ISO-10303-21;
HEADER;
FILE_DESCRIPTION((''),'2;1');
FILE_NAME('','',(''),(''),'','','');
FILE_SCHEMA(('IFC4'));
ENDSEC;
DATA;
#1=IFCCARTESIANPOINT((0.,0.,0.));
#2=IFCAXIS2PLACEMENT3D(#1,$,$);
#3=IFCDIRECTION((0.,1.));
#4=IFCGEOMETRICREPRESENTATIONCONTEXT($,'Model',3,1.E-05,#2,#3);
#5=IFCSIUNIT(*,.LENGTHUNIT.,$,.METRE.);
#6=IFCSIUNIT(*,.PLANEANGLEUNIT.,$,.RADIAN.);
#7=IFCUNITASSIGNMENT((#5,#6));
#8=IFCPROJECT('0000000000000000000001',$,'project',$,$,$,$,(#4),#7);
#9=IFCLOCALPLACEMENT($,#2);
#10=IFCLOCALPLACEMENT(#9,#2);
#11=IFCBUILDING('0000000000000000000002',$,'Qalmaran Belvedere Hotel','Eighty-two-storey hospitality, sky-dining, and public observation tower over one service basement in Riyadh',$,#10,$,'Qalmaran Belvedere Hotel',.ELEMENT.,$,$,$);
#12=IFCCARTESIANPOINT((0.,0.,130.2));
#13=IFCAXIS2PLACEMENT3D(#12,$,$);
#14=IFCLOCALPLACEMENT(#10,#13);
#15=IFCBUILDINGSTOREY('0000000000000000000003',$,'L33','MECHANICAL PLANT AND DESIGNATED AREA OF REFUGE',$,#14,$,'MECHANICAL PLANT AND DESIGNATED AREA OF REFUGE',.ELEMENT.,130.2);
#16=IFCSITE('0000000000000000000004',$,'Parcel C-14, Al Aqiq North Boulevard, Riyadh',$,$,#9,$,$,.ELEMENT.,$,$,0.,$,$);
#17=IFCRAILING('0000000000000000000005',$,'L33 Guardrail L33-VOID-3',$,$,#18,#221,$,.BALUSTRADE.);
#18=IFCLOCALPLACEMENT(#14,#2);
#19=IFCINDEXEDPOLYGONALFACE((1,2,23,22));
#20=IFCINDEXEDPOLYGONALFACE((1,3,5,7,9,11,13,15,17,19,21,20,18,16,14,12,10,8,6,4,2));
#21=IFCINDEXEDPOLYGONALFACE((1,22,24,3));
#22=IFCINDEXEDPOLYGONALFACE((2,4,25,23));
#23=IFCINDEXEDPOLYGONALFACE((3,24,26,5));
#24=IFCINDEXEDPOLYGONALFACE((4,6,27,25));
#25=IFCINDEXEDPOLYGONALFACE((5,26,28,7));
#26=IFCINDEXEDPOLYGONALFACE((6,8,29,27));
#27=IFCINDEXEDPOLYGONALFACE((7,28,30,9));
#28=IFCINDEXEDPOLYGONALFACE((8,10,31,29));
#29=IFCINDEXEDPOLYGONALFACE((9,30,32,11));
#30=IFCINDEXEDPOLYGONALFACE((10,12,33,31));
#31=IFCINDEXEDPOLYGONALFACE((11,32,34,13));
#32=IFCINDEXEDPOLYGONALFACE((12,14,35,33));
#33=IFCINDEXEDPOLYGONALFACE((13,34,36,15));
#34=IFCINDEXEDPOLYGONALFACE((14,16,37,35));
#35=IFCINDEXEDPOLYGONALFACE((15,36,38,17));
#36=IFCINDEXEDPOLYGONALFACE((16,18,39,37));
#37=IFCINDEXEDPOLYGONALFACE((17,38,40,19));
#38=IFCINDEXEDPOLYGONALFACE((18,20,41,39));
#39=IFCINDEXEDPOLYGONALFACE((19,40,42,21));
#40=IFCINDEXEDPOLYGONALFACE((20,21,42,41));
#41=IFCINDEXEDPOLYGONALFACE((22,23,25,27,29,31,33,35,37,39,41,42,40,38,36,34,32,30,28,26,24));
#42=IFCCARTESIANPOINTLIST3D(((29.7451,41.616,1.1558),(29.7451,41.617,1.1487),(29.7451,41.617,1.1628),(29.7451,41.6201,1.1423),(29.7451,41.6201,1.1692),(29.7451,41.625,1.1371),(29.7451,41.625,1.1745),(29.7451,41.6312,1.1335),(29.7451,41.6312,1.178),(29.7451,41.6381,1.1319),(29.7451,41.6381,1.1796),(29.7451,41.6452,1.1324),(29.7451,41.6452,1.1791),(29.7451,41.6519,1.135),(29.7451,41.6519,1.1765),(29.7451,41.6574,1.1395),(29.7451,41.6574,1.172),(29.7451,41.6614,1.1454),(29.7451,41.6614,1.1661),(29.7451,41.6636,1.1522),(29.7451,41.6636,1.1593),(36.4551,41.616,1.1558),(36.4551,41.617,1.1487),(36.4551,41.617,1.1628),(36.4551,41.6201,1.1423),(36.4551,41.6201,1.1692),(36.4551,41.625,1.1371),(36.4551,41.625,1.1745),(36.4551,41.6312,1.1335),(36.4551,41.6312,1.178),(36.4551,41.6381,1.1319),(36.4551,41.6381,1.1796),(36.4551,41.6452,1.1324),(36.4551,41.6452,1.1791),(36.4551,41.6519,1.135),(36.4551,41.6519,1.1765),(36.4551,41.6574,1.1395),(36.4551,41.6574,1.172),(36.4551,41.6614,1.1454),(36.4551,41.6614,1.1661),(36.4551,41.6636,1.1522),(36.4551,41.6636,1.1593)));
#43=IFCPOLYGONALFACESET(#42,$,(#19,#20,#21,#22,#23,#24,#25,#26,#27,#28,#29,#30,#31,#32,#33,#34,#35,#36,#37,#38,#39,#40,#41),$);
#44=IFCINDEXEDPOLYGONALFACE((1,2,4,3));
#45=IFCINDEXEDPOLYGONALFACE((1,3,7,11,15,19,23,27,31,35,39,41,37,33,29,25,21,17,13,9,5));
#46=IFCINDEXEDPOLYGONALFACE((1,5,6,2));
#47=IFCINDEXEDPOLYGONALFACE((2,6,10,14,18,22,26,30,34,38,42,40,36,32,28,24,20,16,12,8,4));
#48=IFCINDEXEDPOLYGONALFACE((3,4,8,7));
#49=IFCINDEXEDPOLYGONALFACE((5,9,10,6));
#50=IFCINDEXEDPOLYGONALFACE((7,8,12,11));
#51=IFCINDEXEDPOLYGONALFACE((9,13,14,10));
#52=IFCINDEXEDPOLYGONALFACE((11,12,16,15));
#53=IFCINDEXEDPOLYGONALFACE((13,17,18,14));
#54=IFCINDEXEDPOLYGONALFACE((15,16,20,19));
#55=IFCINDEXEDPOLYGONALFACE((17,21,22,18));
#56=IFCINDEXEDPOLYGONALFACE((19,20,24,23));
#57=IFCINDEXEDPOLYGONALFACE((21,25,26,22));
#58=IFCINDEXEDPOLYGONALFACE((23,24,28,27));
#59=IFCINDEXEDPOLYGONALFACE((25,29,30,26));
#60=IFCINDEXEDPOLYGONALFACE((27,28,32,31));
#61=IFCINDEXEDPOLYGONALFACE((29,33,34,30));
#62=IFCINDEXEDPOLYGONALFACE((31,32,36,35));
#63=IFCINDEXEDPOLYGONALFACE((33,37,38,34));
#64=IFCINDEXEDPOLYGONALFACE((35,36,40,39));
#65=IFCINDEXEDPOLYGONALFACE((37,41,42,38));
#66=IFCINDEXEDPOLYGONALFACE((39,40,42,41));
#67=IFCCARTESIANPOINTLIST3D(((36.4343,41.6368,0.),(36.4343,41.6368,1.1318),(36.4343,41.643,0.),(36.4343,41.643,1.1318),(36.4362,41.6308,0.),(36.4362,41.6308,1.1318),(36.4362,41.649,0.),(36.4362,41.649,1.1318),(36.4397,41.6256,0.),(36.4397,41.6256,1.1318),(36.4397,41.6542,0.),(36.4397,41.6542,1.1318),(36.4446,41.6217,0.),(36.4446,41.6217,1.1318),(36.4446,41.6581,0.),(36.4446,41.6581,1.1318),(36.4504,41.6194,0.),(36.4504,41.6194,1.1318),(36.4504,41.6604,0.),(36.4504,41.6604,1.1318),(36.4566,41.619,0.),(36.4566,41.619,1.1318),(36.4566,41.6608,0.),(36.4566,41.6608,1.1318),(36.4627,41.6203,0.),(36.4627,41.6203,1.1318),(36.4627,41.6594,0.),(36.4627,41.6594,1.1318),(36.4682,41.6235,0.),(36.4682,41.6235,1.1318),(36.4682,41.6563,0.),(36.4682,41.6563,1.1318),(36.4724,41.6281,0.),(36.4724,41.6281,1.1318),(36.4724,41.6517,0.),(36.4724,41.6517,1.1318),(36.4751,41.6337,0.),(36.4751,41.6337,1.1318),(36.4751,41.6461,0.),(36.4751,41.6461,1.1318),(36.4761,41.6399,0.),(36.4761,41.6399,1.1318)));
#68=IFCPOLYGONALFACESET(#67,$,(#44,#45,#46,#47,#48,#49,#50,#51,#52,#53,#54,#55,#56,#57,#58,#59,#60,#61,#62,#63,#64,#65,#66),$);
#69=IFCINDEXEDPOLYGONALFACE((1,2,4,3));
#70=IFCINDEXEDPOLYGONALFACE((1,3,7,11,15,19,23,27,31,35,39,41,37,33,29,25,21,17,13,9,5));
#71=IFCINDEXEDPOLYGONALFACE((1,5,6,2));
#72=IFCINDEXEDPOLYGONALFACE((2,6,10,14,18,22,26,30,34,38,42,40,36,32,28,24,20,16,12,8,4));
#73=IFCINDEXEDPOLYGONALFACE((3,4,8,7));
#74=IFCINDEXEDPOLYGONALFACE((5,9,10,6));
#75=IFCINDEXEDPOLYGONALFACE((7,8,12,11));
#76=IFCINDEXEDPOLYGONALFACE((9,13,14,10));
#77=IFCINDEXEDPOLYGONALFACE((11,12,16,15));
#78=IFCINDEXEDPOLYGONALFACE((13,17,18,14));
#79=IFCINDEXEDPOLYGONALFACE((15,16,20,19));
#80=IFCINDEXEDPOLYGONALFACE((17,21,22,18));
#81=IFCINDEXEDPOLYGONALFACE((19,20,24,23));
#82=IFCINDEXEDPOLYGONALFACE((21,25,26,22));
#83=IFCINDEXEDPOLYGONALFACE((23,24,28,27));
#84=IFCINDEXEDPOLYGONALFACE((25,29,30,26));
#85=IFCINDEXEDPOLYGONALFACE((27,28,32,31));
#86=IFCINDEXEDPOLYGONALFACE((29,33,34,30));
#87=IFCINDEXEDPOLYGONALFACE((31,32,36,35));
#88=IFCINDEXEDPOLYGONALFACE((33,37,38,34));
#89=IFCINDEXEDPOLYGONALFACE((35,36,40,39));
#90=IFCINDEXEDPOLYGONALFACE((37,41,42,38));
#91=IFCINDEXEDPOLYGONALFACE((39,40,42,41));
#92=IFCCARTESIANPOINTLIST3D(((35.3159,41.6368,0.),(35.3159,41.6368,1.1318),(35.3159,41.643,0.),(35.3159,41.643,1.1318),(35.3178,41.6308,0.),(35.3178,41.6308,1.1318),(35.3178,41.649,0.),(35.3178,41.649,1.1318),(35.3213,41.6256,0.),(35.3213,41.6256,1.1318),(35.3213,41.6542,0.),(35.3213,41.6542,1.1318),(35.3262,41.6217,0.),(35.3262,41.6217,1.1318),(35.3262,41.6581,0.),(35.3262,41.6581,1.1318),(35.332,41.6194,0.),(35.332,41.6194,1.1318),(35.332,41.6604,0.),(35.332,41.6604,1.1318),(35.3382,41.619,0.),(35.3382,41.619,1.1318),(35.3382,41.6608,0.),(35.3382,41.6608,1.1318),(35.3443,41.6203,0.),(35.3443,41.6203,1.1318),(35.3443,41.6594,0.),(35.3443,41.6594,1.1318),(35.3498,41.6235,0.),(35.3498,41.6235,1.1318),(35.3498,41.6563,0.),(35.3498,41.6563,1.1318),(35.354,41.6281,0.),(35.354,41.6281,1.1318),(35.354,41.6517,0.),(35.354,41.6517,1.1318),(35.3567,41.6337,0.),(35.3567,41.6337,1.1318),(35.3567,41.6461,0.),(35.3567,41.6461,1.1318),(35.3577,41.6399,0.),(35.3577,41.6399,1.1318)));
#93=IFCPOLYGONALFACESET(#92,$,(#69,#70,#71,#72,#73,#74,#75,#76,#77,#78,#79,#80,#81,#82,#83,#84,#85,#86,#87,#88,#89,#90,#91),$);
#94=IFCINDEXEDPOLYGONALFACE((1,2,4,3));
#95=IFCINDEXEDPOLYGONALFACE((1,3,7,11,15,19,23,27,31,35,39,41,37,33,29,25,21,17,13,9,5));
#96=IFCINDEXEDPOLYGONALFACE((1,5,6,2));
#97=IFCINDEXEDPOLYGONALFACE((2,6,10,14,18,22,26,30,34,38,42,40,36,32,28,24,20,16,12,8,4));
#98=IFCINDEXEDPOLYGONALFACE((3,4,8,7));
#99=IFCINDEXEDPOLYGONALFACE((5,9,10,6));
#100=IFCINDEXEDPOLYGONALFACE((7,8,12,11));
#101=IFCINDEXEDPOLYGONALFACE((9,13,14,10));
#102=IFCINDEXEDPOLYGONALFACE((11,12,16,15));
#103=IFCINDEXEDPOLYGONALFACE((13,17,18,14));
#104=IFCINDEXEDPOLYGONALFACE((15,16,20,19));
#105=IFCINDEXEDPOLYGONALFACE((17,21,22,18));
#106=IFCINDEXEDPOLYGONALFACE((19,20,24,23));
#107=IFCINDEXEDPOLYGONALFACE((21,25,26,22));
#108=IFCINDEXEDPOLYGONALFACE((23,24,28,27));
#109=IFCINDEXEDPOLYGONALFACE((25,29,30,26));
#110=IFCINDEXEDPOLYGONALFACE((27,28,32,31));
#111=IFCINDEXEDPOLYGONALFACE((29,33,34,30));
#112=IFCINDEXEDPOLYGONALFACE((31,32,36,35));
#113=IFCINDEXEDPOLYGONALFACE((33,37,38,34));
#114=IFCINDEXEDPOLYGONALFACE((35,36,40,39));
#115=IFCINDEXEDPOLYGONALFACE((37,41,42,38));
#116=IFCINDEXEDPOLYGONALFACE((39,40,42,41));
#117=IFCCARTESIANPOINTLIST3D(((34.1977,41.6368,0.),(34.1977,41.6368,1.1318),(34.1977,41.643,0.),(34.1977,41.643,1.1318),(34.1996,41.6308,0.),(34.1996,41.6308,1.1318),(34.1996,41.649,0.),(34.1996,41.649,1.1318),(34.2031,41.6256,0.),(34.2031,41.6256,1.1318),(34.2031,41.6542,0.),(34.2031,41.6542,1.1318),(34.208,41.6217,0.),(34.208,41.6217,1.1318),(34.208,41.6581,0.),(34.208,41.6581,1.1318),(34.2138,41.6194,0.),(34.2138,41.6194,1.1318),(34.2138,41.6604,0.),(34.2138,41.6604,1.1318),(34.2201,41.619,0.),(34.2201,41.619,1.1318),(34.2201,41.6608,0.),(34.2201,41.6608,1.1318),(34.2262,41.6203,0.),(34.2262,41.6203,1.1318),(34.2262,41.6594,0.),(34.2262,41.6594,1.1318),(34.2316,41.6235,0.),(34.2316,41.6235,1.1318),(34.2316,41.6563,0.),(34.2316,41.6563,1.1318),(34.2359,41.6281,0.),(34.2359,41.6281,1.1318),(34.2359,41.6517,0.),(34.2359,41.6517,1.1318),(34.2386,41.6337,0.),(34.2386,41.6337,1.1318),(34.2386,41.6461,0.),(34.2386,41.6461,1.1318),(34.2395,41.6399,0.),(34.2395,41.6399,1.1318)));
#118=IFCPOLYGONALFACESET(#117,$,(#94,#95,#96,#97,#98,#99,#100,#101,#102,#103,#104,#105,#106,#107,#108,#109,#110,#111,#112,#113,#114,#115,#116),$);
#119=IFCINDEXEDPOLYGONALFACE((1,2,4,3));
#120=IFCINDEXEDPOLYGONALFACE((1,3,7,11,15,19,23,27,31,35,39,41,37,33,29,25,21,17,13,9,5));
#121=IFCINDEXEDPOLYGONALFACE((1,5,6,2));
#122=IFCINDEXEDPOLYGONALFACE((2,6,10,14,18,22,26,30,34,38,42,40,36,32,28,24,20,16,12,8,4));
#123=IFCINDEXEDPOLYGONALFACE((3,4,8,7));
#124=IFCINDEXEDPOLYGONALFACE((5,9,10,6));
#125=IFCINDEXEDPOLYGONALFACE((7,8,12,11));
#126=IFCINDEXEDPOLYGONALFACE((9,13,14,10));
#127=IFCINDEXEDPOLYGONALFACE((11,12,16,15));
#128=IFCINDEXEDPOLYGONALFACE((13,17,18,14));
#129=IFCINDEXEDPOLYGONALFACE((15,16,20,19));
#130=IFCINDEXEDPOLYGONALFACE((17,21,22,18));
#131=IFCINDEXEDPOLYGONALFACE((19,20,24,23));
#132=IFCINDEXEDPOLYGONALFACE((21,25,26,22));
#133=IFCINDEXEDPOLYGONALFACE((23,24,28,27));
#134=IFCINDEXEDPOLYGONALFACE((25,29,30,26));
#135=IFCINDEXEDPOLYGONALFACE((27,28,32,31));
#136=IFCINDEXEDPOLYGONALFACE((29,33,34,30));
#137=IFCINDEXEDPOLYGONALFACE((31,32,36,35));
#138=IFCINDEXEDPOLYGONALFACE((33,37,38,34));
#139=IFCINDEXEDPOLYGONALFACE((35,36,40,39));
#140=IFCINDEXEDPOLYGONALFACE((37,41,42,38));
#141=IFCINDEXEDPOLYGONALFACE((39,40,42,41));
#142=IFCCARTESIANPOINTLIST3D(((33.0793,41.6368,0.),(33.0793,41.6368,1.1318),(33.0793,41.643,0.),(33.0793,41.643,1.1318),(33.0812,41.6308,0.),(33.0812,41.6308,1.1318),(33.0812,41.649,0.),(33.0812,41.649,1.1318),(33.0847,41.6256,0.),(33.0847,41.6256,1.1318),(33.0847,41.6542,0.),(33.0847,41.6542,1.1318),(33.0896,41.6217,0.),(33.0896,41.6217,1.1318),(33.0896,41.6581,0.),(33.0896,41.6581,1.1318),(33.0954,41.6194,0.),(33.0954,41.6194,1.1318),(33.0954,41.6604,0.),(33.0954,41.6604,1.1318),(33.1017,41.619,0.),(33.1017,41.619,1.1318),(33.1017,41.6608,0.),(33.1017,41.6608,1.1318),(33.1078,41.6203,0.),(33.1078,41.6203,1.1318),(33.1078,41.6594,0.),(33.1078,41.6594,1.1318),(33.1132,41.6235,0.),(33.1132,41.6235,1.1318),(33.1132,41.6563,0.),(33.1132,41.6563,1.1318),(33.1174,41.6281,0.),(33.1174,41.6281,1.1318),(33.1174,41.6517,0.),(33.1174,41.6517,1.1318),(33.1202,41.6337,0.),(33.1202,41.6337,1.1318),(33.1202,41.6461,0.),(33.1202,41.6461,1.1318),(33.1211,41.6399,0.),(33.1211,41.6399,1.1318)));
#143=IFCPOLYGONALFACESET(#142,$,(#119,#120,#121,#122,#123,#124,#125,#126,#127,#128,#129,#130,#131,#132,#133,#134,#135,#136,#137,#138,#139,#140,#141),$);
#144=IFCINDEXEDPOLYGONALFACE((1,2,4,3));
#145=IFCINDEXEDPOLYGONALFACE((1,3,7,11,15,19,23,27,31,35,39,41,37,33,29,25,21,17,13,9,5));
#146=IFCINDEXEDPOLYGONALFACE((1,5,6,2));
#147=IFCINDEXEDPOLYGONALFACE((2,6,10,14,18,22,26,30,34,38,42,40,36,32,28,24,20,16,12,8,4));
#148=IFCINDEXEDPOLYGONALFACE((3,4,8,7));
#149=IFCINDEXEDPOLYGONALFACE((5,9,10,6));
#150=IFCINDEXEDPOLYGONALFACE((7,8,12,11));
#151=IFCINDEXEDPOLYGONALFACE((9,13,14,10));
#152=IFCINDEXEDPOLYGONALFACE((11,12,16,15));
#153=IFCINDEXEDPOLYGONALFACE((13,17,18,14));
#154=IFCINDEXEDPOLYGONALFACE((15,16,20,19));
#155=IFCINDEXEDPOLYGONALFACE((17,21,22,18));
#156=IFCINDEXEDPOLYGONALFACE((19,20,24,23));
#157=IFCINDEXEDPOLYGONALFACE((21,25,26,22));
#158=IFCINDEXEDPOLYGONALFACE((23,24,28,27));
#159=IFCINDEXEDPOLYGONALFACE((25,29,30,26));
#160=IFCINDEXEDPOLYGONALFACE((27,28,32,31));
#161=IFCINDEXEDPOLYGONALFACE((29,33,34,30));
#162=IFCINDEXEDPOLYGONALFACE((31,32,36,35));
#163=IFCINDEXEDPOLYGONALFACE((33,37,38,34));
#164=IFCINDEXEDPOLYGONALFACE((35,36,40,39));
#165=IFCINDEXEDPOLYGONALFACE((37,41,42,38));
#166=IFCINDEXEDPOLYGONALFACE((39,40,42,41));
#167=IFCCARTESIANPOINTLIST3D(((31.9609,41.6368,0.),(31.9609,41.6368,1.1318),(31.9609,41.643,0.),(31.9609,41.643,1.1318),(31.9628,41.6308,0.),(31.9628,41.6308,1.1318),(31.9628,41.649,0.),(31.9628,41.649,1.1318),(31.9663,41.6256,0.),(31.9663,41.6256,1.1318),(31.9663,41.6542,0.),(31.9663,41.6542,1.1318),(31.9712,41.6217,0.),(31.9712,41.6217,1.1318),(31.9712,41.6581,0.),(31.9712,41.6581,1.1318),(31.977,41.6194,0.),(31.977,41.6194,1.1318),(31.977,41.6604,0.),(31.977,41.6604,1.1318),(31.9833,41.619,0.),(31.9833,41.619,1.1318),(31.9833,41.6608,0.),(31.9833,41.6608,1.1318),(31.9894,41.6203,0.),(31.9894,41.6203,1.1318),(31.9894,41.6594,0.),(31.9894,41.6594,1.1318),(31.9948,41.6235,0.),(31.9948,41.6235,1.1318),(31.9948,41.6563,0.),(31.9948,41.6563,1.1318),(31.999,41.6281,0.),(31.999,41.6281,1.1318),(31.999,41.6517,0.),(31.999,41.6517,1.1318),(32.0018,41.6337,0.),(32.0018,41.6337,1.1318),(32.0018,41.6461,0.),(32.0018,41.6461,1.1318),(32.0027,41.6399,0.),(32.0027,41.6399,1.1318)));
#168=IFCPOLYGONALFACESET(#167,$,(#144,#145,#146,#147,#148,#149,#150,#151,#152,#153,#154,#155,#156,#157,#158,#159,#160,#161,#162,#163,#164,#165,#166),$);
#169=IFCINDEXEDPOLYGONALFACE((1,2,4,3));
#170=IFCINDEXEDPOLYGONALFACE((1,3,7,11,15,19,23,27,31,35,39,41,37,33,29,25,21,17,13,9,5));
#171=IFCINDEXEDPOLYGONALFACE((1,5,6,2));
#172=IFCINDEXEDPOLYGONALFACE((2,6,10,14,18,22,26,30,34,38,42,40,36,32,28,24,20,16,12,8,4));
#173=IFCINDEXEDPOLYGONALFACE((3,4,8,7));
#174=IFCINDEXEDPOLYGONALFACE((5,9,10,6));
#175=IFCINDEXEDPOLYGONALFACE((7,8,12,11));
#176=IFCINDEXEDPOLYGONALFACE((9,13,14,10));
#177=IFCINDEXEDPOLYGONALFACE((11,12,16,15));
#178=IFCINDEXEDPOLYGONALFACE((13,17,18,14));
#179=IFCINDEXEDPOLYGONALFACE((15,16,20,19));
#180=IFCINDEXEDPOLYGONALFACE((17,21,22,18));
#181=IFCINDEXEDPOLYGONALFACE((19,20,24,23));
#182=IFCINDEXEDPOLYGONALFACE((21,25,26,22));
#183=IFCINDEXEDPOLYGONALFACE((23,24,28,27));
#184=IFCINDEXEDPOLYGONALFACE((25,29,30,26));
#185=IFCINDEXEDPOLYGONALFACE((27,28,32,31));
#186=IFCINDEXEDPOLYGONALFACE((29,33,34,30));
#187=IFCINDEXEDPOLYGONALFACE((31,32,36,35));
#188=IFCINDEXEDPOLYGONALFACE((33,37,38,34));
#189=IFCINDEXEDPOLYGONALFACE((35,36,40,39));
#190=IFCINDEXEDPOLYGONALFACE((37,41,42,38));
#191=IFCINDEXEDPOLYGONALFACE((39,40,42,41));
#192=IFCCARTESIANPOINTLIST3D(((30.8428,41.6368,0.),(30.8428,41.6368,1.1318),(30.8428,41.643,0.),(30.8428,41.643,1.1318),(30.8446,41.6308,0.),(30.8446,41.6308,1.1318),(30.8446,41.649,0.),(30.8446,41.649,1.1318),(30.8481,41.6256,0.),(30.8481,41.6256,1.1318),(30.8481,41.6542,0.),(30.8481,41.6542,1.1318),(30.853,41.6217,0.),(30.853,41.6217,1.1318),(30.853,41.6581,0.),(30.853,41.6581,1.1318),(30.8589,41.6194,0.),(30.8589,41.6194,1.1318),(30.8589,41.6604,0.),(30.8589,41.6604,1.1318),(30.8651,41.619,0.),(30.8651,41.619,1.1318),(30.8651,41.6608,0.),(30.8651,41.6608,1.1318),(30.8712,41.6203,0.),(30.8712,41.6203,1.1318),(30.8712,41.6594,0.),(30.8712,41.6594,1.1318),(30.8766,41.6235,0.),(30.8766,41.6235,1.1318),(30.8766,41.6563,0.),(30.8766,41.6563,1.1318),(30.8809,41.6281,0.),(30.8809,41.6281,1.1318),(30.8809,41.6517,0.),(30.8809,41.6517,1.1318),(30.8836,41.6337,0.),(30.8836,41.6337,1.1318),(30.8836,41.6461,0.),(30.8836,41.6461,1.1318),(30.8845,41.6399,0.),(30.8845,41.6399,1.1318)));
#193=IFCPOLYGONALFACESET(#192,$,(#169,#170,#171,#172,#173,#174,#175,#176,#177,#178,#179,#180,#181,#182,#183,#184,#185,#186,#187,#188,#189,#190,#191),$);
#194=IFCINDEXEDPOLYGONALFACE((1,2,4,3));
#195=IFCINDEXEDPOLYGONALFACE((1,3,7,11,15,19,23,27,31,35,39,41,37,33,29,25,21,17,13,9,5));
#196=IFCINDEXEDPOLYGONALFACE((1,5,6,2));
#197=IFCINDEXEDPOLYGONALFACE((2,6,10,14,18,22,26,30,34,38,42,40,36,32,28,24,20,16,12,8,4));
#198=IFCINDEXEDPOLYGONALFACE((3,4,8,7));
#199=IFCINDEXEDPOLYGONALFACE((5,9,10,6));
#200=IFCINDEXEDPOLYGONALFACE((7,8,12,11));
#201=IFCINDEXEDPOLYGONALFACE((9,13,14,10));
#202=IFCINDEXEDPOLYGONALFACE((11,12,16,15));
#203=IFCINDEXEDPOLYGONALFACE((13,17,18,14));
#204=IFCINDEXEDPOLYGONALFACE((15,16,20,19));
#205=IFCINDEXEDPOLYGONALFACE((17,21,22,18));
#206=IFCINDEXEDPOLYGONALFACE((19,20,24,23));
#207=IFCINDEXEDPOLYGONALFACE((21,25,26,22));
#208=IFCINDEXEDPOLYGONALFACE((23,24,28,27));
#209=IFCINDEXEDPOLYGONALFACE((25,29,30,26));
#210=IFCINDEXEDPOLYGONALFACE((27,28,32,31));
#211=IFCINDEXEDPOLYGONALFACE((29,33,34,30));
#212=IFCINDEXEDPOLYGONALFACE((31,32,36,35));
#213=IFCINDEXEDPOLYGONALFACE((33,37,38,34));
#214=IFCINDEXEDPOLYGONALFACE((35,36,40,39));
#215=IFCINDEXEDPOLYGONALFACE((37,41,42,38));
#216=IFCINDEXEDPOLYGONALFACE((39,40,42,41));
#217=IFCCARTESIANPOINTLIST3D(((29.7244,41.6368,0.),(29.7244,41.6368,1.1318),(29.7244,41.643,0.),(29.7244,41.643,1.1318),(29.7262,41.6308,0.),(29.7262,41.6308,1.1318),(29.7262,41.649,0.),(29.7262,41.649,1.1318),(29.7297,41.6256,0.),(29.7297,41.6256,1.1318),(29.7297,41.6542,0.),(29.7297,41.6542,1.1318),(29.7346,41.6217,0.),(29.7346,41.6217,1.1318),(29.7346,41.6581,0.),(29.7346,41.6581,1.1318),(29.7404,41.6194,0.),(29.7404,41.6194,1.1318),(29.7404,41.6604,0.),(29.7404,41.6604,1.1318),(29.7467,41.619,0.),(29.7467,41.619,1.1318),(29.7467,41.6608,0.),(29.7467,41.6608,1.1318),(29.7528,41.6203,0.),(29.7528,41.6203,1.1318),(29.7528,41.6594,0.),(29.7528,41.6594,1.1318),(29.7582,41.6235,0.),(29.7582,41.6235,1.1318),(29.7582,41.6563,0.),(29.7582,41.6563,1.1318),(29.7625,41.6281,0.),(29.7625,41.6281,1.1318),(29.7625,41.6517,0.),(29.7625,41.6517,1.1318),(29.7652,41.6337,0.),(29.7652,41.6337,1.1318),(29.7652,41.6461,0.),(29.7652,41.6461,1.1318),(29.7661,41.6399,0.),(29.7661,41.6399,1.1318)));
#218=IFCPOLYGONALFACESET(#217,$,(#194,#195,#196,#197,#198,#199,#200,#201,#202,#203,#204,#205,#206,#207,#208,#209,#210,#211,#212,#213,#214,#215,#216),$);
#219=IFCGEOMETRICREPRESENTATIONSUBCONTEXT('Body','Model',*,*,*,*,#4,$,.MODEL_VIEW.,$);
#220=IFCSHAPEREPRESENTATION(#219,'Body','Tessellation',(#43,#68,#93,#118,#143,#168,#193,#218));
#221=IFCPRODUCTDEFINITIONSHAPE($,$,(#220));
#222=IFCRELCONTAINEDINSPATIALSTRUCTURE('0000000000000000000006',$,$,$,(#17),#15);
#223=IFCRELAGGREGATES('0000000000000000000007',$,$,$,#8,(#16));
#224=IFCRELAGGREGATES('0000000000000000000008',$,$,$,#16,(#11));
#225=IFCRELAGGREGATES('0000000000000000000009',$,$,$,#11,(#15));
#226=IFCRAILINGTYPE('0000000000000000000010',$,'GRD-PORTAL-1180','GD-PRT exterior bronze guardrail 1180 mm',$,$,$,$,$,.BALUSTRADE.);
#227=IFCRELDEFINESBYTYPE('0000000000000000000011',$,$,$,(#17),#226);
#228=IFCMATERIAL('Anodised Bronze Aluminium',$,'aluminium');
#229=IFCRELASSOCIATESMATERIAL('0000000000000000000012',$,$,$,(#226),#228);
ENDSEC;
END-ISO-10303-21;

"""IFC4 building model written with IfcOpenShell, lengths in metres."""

from ifc_helpers import new_model, si_unit, direction, frame, origin, origin_2d, place, context, subcontext, project, spatial, circle, extrude, material, type_object, element, save


model = new_model("IFC4")

# Units and contexts
model_context = context("Model", 3, precision=1e-05, world=origin(), true_north=direction((0.0, 1.0)))
body_context = subcontext(model_context, "Body", "Model", "MODEL_VIEW")
ifc_project = project(units=[si_unit("LENGTHUNIT", "METRE"), si_unit("PLANEANGLEUNIT", "RADIAN")], contexts=[model_context])

# Site, building, storey
site_placement = place(None, origin())
site = spatial("IfcSite", under=ifc_project, at=site_placement, Name="Parcel C-14, Al Aqiq North Boulevard, Riyadh", CompositionType="ELEMENT", RefElevation=0.0)
building_placement = place(site_placement, origin())
building = spatial("IfcBuilding", under=site, at=building_placement, Name="Qalmaran Belvedere Hotel", Description="Eighty-two-storey hospitality, sky-dining, and public observation tower over one service basement in Riyadh", LongName="Qalmaran Belvedere Hotel", CompositionType="ELEMENT")
storey_placement = place(building_placement, frame((0.0, 0.0, 130.2)))
storey = spatial("IfcBuildingStorey", under=building, at=storey_placement, Name="L33", Description="MECHANICAL PLANT AND DESIGNATED AREA OF REFUGE", LongName="MECHANICAL PLANT AND DESIGNATED AREA OF REFUGE", CompositionType="ELEMENT", Elevation=130.2)

# Railing
ifc_material_1 = material(Name="Anodised Bronze Aluminium", Category="aluminium")
railing_type = type_object("IfcRailingType", Name="GRD-PORTAL-1180", Description="GD-PRT exterior bronze guardrail 1180 mm", PredefinedType="BALUSTRADE", material=ifc_material_1)
railing_1_placement = place(storey_placement, frame((36.4551, 41.6399, 0.0)))
element("IfcRailing", 1, at=railing_1_placement, inside=storey, type_object=railing_type, Name="L33 Guardrail L33-VOID-3", PredefinedType="BALUSTRADE", context=body_context, shape_type="SweptSolid", body=[
    extrude(circle(Radius=0.0239, at=origin_2d()), frame((0.0, 0.0, 1.1558), z_axis=(-1.0, 0.0, 0.0), x_axis=(0.0, -1.0, 0.0)), (0.0, 0.0, 1.0), 6.71),
    extrude(circle(Radius=0.021, at=origin_2d()), origin(), (0.0, 0.0, 1.0), 1.1318),
    extrude(circle(Radius=0.021, at=origin_2d()), frame((-1.1184, 0.0, 0.0)), (0.0, 0.0, 1.0), 1.1318),
    extrude(circle(Radius=0.021, at=origin_2d()), frame((-2.2366, 0.0, 0.0)), (0.0, 0.0, 1.0), 1.1318),
    extrude(circle(Radius=0.021, at=origin_2d()), frame((-3.355, 0.0, 0.0)), (0.0, 0.0, 1.0), 1.1318),
    extrude(circle(Radius=0.021, at=origin_2d()), frame((-4.4734, 0.0, 0.0)), (0.0, 0.0, 1.0), 1.1318),
    extrude(circle(Radius=0.021, at=origin_2d()), frame((-5.5916, 0.0, 0.0)), (0.0, 0.0, 1.0), 1.1318),
    extrude(circle(Radius=0.021, at=origin_2d()), frame((-6.71, 0.0, 0.0)), (0.0, 0.0, 1.0), 1.1318),
])

save(model, "model.ifc")
